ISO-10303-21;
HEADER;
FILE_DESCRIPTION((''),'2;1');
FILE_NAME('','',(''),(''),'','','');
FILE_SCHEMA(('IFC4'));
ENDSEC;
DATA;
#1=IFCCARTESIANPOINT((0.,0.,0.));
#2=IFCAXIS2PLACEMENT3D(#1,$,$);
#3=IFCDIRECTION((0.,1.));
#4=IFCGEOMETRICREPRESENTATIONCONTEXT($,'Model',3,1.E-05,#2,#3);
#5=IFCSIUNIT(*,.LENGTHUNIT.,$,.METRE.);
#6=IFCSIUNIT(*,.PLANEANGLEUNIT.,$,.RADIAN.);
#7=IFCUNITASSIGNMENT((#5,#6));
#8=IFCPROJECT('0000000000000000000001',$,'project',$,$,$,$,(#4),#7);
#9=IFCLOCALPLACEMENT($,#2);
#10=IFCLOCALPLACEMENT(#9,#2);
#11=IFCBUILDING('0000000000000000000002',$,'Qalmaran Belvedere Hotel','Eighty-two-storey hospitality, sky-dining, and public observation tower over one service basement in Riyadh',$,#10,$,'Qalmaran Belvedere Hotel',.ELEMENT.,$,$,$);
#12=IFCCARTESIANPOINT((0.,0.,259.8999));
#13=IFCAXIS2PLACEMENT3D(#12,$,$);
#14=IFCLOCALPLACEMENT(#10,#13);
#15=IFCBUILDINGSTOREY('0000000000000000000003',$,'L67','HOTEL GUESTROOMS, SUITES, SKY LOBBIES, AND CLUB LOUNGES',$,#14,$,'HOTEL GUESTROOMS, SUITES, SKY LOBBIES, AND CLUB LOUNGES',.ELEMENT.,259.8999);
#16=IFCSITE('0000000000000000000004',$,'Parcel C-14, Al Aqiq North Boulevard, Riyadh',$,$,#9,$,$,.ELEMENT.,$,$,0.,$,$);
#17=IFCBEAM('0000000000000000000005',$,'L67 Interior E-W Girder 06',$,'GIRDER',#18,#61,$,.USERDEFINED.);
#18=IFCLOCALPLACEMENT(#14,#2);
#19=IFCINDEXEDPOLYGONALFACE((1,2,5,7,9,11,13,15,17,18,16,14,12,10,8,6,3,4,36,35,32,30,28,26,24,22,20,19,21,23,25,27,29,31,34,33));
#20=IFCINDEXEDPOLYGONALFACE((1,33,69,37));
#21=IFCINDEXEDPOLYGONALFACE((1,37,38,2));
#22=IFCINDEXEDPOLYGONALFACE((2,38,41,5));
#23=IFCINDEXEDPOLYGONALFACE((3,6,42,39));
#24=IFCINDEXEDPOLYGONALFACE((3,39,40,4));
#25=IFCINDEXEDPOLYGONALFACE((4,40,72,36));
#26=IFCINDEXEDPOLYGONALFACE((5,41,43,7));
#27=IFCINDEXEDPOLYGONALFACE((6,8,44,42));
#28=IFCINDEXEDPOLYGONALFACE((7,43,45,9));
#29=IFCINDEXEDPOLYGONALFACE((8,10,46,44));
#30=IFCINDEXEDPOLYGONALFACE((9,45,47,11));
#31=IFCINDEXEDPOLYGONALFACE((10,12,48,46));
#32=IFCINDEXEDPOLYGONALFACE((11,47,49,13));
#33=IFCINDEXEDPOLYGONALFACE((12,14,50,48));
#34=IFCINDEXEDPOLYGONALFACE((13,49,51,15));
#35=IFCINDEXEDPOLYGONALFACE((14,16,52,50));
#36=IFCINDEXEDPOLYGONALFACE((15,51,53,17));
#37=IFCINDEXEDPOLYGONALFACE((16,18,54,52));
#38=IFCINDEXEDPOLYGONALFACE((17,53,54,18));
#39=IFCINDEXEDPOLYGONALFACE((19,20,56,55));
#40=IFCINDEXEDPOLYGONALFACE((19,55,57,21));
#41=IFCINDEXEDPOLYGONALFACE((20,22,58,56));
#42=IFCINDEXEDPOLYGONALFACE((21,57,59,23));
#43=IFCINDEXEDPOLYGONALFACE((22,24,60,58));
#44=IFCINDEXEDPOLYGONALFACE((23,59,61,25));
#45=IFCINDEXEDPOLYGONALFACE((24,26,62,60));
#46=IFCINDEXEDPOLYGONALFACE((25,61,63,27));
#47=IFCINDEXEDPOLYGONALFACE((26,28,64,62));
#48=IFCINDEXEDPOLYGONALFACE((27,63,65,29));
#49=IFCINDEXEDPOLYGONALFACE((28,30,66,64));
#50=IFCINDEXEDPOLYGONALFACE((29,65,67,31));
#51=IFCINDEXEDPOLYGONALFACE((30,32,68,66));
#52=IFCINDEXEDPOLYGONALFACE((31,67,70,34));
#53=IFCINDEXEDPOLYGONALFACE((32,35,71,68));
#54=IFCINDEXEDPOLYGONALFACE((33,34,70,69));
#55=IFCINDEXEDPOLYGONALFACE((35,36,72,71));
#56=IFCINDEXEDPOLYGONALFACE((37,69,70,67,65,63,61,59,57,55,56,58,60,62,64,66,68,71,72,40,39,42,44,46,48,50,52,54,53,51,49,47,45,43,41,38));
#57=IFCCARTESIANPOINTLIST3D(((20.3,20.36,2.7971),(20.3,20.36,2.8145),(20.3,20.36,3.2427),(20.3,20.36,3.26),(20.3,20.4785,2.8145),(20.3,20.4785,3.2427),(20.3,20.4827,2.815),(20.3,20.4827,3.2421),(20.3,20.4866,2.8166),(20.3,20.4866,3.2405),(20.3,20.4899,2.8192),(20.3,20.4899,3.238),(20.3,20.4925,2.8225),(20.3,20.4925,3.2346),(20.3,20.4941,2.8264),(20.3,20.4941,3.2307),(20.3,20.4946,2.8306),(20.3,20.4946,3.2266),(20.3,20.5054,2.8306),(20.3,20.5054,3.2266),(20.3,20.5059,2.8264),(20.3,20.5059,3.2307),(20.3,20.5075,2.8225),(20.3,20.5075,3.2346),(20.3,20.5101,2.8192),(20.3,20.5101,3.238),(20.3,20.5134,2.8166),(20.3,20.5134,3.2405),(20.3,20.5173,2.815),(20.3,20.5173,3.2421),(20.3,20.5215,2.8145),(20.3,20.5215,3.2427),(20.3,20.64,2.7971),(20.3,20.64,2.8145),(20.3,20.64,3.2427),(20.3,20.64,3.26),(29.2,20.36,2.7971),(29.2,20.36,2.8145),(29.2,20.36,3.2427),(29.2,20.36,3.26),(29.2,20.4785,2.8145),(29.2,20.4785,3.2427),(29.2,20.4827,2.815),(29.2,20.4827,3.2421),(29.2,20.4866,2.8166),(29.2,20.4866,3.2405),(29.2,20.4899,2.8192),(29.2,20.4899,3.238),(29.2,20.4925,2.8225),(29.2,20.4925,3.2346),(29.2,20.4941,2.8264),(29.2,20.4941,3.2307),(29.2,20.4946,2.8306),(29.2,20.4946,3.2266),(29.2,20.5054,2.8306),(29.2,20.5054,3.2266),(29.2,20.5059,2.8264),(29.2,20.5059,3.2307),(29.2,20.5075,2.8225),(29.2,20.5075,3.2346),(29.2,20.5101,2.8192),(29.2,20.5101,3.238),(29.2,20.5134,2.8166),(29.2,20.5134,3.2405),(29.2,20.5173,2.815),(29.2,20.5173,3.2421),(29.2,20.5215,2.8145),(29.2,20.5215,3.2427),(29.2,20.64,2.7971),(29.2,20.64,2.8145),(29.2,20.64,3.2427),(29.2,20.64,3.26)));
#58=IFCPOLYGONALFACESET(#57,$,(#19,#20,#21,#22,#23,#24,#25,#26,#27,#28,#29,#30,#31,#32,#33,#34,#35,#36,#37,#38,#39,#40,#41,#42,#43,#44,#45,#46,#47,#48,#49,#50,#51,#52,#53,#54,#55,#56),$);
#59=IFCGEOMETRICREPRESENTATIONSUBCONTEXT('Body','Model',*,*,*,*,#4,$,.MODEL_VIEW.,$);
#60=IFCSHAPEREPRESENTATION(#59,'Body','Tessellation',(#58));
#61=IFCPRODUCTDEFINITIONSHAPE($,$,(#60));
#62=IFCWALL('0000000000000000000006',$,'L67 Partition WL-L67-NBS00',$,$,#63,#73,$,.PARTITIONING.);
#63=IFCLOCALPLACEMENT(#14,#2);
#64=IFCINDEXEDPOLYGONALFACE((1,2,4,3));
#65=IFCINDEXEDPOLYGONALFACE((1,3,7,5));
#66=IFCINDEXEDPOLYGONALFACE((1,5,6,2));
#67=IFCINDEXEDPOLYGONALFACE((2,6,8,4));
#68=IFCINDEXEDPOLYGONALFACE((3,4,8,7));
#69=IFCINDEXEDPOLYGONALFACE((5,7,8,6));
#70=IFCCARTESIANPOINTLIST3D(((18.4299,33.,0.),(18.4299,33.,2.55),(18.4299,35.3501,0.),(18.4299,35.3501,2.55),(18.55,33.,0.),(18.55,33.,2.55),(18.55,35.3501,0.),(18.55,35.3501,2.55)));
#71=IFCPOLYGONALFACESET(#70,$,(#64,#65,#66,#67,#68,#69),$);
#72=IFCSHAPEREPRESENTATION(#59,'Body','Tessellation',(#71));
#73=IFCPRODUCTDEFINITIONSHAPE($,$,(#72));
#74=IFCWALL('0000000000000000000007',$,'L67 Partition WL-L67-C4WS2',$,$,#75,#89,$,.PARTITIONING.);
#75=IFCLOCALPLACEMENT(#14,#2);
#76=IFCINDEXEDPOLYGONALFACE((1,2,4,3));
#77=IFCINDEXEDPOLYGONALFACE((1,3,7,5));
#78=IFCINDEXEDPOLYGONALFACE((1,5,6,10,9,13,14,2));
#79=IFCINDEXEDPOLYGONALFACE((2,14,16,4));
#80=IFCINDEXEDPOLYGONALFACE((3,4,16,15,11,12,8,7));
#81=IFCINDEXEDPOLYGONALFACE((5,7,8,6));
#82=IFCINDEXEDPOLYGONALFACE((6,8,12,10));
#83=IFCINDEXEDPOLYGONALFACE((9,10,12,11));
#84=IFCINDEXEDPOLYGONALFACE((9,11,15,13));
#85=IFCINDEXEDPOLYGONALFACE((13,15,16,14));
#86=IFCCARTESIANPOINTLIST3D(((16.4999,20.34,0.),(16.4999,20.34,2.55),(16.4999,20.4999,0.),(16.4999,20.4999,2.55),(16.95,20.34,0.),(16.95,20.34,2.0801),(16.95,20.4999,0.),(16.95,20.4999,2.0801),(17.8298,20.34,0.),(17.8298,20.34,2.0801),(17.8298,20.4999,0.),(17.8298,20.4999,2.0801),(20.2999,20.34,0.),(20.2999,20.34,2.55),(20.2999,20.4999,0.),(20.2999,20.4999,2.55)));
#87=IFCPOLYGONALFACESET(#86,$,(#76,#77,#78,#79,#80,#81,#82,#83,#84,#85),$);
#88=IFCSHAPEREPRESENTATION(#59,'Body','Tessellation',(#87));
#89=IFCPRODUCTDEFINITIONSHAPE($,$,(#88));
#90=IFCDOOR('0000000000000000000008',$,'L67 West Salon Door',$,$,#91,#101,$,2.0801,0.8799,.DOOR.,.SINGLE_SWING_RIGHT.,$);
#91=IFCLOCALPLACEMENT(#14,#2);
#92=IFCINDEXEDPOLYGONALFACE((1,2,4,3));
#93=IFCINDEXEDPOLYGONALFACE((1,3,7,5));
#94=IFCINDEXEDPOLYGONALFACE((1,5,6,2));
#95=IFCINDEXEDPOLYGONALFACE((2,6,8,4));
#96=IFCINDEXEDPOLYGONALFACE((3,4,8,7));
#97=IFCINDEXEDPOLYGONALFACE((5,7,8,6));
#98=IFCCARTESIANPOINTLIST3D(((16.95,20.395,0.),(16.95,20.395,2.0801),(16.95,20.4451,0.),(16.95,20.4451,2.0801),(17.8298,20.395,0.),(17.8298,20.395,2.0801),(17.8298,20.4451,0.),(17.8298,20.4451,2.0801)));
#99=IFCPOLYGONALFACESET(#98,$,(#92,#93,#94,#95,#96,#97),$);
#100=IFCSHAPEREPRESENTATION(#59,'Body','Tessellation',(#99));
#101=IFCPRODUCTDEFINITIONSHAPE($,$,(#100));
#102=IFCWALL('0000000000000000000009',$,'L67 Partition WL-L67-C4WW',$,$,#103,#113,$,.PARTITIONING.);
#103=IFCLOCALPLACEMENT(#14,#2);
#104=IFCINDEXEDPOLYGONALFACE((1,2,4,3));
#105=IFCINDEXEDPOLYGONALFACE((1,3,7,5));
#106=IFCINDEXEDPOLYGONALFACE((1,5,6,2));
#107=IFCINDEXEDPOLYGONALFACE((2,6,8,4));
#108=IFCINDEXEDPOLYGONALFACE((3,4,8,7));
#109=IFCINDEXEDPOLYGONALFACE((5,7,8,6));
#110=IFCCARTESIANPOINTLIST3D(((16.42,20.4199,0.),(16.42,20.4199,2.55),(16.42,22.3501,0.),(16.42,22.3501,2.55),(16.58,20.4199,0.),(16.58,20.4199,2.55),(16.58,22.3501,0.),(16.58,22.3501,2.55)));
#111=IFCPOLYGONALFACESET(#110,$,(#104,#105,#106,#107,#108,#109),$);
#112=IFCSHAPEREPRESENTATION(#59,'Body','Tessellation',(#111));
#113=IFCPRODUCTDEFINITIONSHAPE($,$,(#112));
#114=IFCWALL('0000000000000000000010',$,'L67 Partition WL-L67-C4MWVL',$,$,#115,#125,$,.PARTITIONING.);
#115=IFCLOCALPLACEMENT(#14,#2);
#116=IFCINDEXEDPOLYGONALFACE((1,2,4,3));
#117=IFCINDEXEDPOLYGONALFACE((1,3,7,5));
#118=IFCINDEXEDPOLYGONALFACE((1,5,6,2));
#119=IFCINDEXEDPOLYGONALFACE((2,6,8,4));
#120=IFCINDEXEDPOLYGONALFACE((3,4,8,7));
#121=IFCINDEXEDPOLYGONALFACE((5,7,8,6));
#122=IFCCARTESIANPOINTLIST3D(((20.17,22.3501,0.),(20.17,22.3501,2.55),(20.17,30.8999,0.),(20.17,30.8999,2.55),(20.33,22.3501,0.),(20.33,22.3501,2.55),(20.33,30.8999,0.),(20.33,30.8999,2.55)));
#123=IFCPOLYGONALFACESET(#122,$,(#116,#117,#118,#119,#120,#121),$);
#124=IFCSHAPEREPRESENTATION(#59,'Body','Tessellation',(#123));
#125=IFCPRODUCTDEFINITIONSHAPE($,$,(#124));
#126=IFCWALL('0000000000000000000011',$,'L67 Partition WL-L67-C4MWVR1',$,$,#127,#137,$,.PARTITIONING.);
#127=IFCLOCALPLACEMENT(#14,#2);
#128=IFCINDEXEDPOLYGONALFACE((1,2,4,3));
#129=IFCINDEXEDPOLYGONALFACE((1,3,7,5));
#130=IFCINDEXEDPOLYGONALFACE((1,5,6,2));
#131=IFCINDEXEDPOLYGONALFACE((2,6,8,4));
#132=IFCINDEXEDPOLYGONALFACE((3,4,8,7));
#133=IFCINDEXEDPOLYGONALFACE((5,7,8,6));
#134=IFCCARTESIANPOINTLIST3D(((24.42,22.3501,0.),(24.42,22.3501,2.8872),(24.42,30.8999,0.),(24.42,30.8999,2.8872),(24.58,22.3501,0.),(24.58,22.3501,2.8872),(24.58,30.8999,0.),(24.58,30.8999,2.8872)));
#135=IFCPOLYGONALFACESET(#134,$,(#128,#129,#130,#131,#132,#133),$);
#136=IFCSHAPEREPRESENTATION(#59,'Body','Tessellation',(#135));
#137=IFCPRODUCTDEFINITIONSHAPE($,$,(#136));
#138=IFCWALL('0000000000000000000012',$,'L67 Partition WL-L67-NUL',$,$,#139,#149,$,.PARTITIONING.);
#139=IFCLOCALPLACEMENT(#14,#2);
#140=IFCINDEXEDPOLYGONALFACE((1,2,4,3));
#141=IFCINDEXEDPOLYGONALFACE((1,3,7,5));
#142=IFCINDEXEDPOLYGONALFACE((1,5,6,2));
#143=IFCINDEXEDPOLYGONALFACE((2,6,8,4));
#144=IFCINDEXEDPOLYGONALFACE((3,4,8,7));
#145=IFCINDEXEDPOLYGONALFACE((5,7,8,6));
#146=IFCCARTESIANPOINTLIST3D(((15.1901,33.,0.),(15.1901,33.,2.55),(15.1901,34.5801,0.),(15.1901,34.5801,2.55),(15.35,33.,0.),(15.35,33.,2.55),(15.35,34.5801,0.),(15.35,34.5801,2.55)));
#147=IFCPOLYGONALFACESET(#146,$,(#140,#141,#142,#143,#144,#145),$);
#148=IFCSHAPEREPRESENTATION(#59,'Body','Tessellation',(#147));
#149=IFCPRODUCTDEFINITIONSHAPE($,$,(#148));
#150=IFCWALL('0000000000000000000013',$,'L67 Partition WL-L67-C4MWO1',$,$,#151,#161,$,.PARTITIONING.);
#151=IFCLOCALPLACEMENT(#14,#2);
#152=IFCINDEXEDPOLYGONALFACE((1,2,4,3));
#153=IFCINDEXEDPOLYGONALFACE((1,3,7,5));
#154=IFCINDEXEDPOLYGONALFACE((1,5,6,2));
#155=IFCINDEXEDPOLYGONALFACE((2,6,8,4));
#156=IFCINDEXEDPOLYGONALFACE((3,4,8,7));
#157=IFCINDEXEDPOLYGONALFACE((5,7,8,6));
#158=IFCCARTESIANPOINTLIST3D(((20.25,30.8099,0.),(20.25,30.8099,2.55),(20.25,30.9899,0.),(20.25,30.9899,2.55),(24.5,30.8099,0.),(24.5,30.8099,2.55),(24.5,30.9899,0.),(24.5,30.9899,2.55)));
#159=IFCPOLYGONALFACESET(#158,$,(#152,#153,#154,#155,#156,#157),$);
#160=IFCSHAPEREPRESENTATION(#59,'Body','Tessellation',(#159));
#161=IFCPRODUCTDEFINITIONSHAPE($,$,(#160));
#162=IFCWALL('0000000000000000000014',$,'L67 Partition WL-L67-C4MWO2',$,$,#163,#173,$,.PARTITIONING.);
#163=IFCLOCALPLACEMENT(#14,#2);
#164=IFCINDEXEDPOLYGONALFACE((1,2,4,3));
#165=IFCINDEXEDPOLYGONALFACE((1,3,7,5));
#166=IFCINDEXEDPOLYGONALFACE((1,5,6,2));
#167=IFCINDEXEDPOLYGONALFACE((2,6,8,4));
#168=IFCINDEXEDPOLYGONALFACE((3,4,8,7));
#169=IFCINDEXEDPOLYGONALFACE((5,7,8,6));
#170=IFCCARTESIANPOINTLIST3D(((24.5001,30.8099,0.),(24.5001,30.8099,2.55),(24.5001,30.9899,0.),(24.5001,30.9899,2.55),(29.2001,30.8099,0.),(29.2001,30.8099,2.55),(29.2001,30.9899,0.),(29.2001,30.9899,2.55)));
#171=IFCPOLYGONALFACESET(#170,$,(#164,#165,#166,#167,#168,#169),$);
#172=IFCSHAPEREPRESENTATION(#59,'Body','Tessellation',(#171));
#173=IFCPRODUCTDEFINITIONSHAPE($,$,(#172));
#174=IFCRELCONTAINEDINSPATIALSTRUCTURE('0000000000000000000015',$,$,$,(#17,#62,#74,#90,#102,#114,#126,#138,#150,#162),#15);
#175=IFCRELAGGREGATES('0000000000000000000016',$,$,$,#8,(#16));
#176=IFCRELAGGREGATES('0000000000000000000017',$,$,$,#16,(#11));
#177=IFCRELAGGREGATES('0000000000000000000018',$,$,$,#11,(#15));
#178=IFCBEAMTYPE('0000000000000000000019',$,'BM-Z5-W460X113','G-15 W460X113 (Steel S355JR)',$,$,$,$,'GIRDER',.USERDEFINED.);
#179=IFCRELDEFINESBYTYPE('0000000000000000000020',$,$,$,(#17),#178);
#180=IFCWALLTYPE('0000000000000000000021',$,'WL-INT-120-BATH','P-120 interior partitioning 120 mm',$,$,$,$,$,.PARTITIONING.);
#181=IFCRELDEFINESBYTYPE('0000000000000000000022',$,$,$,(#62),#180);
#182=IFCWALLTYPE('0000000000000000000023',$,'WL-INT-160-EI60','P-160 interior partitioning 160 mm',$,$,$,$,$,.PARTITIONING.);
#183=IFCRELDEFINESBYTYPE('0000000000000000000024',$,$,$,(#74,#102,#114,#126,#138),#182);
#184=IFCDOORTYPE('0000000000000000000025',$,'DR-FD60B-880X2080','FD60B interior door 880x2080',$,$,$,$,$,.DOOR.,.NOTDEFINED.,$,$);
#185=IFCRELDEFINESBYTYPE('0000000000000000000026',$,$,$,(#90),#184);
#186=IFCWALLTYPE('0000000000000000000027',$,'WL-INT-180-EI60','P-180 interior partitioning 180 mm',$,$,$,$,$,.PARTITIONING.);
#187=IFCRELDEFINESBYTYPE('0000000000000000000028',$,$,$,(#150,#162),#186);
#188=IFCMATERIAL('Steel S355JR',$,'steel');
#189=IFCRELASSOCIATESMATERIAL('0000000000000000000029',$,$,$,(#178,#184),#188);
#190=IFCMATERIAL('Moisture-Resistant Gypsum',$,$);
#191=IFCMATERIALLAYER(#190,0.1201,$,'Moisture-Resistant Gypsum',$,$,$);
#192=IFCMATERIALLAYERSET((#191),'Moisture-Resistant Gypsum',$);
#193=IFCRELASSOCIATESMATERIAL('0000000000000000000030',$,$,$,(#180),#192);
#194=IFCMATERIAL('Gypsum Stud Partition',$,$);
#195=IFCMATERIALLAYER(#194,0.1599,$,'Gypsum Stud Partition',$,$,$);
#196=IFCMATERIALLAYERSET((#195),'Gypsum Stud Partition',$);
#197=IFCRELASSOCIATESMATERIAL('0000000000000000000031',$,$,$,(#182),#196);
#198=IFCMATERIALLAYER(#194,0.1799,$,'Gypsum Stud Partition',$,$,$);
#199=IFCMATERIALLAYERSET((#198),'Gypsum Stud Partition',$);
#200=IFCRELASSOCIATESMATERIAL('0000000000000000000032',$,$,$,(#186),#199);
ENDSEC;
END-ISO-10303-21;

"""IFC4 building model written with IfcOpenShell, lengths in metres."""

from ifc_helpers import new_model, si_unit, direction, frame, frame_2d, origin, origin_2d, place, context, subcontext, project, spatial, rectangle, i_section, extrude, material, layer, layer_set, material_profile, profile_set, type_object, element, fill, save


model = new_model("IFC4")

# Units and contexts
model_context = context("Model", 3, precision=1e-05, world=origin(), true_north=direction((0.0, 1.0)))
body_context = subcontext(model_context, "Body", "Model", "MODEL_VIEW")
ifc_project = project(units=[si_unit("LENGTHUNIT", "METRE"), si_unit("PLANEANGLEUNIT", "RADIAN")], contexts=[model_context])

# Site, building, storey
site_placement = place(None, origin())
site = spatial("IfcSite", under=ifc_project, at=site_placement, Name="Parcel C-14, Al Aqiq North Boulevard, Riyadh", CompositionType="ELEMENT", RefElevation=0.0)
building_placement = place(site_placement, origin())
building = spatial("IfcBuilding", under=site, at=building_placement, Name="Qalmaran Belvedere Hotel", Description="Eighty-two-storey hospitality, sky-dining, and public observation tower over one service basement in Riyadh", LongName="Qalmaran Belvedere Hotel", CompositionType="ELEMENT")
storey_placement = place(building_placement, frame((0.0, 0.0, 259.8999)))
storey = spatial("IfcBuildingStorey", under=building, at=storey_placement, Name="L67", Description="HOTEL GUESTROOMS, SUITES, SKY LOBBIES, AND CLUB LOUNGES", LongName="HOTEL GUESTROOMS, SUITES, SKY LOBBIES, AND CLUB LOUNGES", CompositionType="ELEMENT", Elevation=259.8999)

# Beam
ifc_material_1 = material(Name="Steel S355JR", Category="steel")
ifc_material_profile_1 = material_profile(ifc_material_1, i_section(OverallWidth=0.28, OverallDepth=0.4629, WebThickness=0.0107, FlangeThickness=0.0173, FilletRadius=0.0161, at=origin_2d()), Name="W460X113")
ifc_profile_set_1 = profile_set([ifc_material_profile_1], Name="Steel S355JR")
beam_type_1 = type_object("IfcBeamType", Name="BM-Z5-W460X113", Description="G-15 W460X113 (Steel S355JR)", ElementType="GIRDER", PredefinedType="USERDEFINED", material=ifc_profile_set_1)
beam_1_placement = place(storey_placement, frame((20.3, 20.5, 3.0286), z_axis=(1.0, 0.0, 0.0), x_axis=(0.0, 1.0, 0.0)))
element("IfcBeam", 1, at=beam_1_placement, inside=storey, type_object=beam_type_1, Name="L67 Interior E-W Girder 06", ObjectType="GIRDER", PredefinedType="USERDEFINED", context=body_context, shape_type="SweptSolid", body=[
    extrude(i_section(OverallWidth=0.28, OverallDepth=0.4629, WebThickness=0.0107, FlangeThickness=0.0173, FilletRadius=0.0161, at=origin_2d()), origin(), (0.0, 0.0, 1.0), 8.8999),
])

# Wall
ifc_material_2 = material(Name="Moisture-Resistant Gypsum")
ifc_layer_1 = layer(ifc_material_2, 0.1201, Name="Moisture-Resistant Gypsum")
ifc_layer_set_1 = layer_set([ifc_layer_1], Name="Moisture-Resistant Gypsum")
wall_type_1 = type_object("IfcWallType", Name="WL-INT-120-BATH", Description="P-120 interior partitioning 120 mm", PredefinedType="PARTITIONING", material=ifc_layer_set_1)
wall_1_placement = place(storey_placement, frame((18.49, 33.0, 0.0), z_axis=(0.0, 0.0, 1.0), x_axis=(0.0, 1.0, 0.0)))
element("IfcWall", 2, at=wall_1_placement, inside=storey, type_object=wall_type_1, Name="L67 Partition WL-L67-NBS00", PredefinedType="PARTITIONING", context=body_context, shape_type="SweptSolid", body=[
    extrude(rectangle(XDim=2.3501, YDim=0.1201, at=frame_2d((1.175, 0.0))), origin(), (0.0, 0.0, 1.0), 2.55),
])

# Wall, opening, door
ifc_material_3 = material(Name="Gypsum Stud Partition")
ifc_layer_2 = layer(ifc_material_3, 0.1599, Name="Gypsum Stud Partition")
ifc_layer_set_2 = layer_set([ifc_layer_2], Name="Gypsum Stud Partition")
wall_type_2 = type_object("IfcWallType", Name="WL-INT-160-EI60", Description="P-160 interior partitioning 160 mm", PredefinedType="PARTITIONING", material=ifc_layer_set_2)
wall_2_placement = place(storey_placement, frame((16.5, 20.4199, 0.0), z_axis=(0.0, 0.0, 1.0), x_axis=(1.0, 0.0, 0.0)))
wall_2 = element("IfcWall", 3, at=wall_2_placement, inside=storey, type_object=wall_type_2, Name="L67 Partition WL-L67-C4WS2", PredefinedType="PARTITIONING", context=body_context, shape_type="SweptSolid", body=[
    extrude(rectangle(XDim=3.8, YDim=0.1599, at=frame_2d((1.8999, 0.0))), origin(), (0.0, 0.0, 1.0), 2.55),
])
opening_1_placement = place(wall_2_placement, frame((1.3298, 0.0, 0.0), z_axis=(0.0, 0.0, 1.0), x_axis=(-1.0, 0.0, 0.0)))
opening_1 = element("IfcOpeningElement", 4, at=opening_1_placement, cuts=wall_2, PredefinedType="OPENING", context=body_context, shape_type="SweptSolid", body=[
    extrude(rectangle(XDim=0.8799, YDim=2.0801, at=frame_2d((0.4399, 1.04))), frame((0.0, 0.0898, 0.0), z_axis=(0.0, -1.0, 0.0), x_axis=(1.0, 0.0, 0.0)), (0.0, 0.0, 1.0), 0.1799),
])
door_type_1 = type_object("IfcDoorType", Name="DR-FD60B-880X2080", Description="FD60B interior door 880x2080", OperationType="NOTDEFINED", PredefinedType="DOOR", material=ifc_material_1)
door_1_placement = place(opening_1_placement, origin())
door_1 = element("IfcDoor", 5, at=door_1_placement, inside=storey, type_object=door_type_1, Name="L67 West Salon Door", OperationType="SINGLE_SWING_RIGHT", OverallHeight=2.0801, OverallWidth=0.8799, PredefinedType="DOOR", context=body_context, shape_type="SweptSolid", body=[
    extrude(rectangle(XDim=0.8799, YDim=2.0801, at=frame_2d((0.4399, 1.04))), frame((0.0, 0.0249, 0.0), z_axis=(0.0, -1.0, 0.0), x_axis=(1.0, 0.0, 0.0)), (0.0, 0.0, 1.0), 0.05),
])
fill(opening_1, door_1)

# Walls
wall_3_placement = place(storey_placement, frame((16.5, 20.4199, 0.0), z_axis=(0.0, 0.0, 1.0), x_axis=(0.0, 1.0, 0.0)))
element("IfcWall", 6, at=wall_3_placement, inside=storey, type_object=wall_type_2, Name="L67 Partition WL-L67-C4WW", PredefinedType="PARTITIONING", context=body_context, shape_type="SweptSolid", body=[
    extrude(rectangle(XDim=1.9302, YDim=0.1599, at=frame_2d((0.9651, 0.0))), origin(), (0.0, 0.0, 1.0), 2.55),
])
wall_4_placement = place(storey_placement, frame((20.25, 22.3501, 0.0), z_axis=(0.0, 0.0, 1.0), x_axis=(0.0, 1.0, 0.0)))
element("IfcWall", 7, at=wall_4_placement, inside=storey, type_object=wall_type_2, Name="L67 Partition WL-L67-C4MWVL", PredefinedType="PARTITIONING", context=body_context, shape_type="SweptSolid", body=[
    extrude(rectangle(XDim=8.5498, YDim=0.1599, at=frame_2d((4.2749, 0.0))), origin(), (0.0, 0.0, 1.0), 2.55),
])
wall_5_placement = place(storey_placement, frame((24.5, 22.3501, 0.0), z_axis=(0.0, 0.0, 1.0), x_axis=(0.0, 1.0, 0.0)))
element("IfcWall", 8, at=wall_5_placement, inside=storey, type_object=wall_type_2, Name="L67 Partition WL-L67-C4MWVR1", PredefinedType="PARTITIONING", context=body_context, shape_type="SweptSolid", body=[
    extrude(rectangle(XDim=8.5498, YDim=0.1599, at=frame_2d((4.2749, 0.0))), origin(), (0.0, 0.0, 1.0), 2.8872),
])
wall_6_placement = place(storey_placement, frame((15.27, 33.0, 0.0), z_axis=(0.0, 0.0, 1.0), x_axis=(0.0, 1.0, 0.0)))
element("IfcWall", 9, at=wall_6_placement, inside=storey, type_object=wall_type_2, Name="L67 Partition WL-L67-NUL", PredefinedType="PARTITIONING", context=body_context, shape_type="SweptSolid", body=[
    extrude(rectangle(XDim=1.5801, YDim=0.1599, at=frame_2d((0.79, 0.0))), origin(), (0.0, 0.0, 1.0), 2.55),
])

# Shared definitions
ifc_layer_3 = layer(ifc_material_3, 0.1799, Name="Gypsum Stud Partition")
ifc_layer_set_3 = layer_set([ifc_layer_3], Name="Gypsum Stud Partition")
wall_type_3 = type_object("IfcWallType", Name="WL-INT-180-EI60", Description="P-180 interior partitioning 180 mm", PredefinedType="PARTITIONING", material=ifc_layer_set_3)

# Wall
wall_7_placement = place(storey_placement, frame((20.25, 30.8999, 0.0), z_axis=(0.0, 0.0, 1.0), x_axis=(1.0, 0.0, 0.0)))
element("IfcWall", 10, at=wall_7_placement, inside=storey, type_object=wall_type_3, Name="L67 Partition WL-L67-C4MWO1", PredefinedType="PARTITIONING", context=body_context, shape_type="SweptSolid", body=[
    extrude(rectangle(XDim=4.25, YDim=0.1799, at=frame_2d((2.125, 0.0))), origin(), (0.0, 0.0, 1.0), 2.55),
])

# Wall
wall_8_placement = place(storey_placement, frame((24.5, 30.8999, 0.0), z_axis=(0.0, 0.0, 1.0), x_axis=(1.0, 0.0, 0.0)))
element("IfcWall", 11, at=wall_8_placement, inside=storey, type_object=wall_type_3, Name="L67 Partition WL-L67-C4MWO2", PredefinedType="PARTITIONING", context=body_context, shape_type="SweptSolid", body=[
    extrude(rectangle(XDim=4.7, YDim=0.1799, at=frame_2d((2.3501, 0.0))), origin(), (0.0, 0.0, 1.0), 2.55),
])

save(model, "model.ifc")
